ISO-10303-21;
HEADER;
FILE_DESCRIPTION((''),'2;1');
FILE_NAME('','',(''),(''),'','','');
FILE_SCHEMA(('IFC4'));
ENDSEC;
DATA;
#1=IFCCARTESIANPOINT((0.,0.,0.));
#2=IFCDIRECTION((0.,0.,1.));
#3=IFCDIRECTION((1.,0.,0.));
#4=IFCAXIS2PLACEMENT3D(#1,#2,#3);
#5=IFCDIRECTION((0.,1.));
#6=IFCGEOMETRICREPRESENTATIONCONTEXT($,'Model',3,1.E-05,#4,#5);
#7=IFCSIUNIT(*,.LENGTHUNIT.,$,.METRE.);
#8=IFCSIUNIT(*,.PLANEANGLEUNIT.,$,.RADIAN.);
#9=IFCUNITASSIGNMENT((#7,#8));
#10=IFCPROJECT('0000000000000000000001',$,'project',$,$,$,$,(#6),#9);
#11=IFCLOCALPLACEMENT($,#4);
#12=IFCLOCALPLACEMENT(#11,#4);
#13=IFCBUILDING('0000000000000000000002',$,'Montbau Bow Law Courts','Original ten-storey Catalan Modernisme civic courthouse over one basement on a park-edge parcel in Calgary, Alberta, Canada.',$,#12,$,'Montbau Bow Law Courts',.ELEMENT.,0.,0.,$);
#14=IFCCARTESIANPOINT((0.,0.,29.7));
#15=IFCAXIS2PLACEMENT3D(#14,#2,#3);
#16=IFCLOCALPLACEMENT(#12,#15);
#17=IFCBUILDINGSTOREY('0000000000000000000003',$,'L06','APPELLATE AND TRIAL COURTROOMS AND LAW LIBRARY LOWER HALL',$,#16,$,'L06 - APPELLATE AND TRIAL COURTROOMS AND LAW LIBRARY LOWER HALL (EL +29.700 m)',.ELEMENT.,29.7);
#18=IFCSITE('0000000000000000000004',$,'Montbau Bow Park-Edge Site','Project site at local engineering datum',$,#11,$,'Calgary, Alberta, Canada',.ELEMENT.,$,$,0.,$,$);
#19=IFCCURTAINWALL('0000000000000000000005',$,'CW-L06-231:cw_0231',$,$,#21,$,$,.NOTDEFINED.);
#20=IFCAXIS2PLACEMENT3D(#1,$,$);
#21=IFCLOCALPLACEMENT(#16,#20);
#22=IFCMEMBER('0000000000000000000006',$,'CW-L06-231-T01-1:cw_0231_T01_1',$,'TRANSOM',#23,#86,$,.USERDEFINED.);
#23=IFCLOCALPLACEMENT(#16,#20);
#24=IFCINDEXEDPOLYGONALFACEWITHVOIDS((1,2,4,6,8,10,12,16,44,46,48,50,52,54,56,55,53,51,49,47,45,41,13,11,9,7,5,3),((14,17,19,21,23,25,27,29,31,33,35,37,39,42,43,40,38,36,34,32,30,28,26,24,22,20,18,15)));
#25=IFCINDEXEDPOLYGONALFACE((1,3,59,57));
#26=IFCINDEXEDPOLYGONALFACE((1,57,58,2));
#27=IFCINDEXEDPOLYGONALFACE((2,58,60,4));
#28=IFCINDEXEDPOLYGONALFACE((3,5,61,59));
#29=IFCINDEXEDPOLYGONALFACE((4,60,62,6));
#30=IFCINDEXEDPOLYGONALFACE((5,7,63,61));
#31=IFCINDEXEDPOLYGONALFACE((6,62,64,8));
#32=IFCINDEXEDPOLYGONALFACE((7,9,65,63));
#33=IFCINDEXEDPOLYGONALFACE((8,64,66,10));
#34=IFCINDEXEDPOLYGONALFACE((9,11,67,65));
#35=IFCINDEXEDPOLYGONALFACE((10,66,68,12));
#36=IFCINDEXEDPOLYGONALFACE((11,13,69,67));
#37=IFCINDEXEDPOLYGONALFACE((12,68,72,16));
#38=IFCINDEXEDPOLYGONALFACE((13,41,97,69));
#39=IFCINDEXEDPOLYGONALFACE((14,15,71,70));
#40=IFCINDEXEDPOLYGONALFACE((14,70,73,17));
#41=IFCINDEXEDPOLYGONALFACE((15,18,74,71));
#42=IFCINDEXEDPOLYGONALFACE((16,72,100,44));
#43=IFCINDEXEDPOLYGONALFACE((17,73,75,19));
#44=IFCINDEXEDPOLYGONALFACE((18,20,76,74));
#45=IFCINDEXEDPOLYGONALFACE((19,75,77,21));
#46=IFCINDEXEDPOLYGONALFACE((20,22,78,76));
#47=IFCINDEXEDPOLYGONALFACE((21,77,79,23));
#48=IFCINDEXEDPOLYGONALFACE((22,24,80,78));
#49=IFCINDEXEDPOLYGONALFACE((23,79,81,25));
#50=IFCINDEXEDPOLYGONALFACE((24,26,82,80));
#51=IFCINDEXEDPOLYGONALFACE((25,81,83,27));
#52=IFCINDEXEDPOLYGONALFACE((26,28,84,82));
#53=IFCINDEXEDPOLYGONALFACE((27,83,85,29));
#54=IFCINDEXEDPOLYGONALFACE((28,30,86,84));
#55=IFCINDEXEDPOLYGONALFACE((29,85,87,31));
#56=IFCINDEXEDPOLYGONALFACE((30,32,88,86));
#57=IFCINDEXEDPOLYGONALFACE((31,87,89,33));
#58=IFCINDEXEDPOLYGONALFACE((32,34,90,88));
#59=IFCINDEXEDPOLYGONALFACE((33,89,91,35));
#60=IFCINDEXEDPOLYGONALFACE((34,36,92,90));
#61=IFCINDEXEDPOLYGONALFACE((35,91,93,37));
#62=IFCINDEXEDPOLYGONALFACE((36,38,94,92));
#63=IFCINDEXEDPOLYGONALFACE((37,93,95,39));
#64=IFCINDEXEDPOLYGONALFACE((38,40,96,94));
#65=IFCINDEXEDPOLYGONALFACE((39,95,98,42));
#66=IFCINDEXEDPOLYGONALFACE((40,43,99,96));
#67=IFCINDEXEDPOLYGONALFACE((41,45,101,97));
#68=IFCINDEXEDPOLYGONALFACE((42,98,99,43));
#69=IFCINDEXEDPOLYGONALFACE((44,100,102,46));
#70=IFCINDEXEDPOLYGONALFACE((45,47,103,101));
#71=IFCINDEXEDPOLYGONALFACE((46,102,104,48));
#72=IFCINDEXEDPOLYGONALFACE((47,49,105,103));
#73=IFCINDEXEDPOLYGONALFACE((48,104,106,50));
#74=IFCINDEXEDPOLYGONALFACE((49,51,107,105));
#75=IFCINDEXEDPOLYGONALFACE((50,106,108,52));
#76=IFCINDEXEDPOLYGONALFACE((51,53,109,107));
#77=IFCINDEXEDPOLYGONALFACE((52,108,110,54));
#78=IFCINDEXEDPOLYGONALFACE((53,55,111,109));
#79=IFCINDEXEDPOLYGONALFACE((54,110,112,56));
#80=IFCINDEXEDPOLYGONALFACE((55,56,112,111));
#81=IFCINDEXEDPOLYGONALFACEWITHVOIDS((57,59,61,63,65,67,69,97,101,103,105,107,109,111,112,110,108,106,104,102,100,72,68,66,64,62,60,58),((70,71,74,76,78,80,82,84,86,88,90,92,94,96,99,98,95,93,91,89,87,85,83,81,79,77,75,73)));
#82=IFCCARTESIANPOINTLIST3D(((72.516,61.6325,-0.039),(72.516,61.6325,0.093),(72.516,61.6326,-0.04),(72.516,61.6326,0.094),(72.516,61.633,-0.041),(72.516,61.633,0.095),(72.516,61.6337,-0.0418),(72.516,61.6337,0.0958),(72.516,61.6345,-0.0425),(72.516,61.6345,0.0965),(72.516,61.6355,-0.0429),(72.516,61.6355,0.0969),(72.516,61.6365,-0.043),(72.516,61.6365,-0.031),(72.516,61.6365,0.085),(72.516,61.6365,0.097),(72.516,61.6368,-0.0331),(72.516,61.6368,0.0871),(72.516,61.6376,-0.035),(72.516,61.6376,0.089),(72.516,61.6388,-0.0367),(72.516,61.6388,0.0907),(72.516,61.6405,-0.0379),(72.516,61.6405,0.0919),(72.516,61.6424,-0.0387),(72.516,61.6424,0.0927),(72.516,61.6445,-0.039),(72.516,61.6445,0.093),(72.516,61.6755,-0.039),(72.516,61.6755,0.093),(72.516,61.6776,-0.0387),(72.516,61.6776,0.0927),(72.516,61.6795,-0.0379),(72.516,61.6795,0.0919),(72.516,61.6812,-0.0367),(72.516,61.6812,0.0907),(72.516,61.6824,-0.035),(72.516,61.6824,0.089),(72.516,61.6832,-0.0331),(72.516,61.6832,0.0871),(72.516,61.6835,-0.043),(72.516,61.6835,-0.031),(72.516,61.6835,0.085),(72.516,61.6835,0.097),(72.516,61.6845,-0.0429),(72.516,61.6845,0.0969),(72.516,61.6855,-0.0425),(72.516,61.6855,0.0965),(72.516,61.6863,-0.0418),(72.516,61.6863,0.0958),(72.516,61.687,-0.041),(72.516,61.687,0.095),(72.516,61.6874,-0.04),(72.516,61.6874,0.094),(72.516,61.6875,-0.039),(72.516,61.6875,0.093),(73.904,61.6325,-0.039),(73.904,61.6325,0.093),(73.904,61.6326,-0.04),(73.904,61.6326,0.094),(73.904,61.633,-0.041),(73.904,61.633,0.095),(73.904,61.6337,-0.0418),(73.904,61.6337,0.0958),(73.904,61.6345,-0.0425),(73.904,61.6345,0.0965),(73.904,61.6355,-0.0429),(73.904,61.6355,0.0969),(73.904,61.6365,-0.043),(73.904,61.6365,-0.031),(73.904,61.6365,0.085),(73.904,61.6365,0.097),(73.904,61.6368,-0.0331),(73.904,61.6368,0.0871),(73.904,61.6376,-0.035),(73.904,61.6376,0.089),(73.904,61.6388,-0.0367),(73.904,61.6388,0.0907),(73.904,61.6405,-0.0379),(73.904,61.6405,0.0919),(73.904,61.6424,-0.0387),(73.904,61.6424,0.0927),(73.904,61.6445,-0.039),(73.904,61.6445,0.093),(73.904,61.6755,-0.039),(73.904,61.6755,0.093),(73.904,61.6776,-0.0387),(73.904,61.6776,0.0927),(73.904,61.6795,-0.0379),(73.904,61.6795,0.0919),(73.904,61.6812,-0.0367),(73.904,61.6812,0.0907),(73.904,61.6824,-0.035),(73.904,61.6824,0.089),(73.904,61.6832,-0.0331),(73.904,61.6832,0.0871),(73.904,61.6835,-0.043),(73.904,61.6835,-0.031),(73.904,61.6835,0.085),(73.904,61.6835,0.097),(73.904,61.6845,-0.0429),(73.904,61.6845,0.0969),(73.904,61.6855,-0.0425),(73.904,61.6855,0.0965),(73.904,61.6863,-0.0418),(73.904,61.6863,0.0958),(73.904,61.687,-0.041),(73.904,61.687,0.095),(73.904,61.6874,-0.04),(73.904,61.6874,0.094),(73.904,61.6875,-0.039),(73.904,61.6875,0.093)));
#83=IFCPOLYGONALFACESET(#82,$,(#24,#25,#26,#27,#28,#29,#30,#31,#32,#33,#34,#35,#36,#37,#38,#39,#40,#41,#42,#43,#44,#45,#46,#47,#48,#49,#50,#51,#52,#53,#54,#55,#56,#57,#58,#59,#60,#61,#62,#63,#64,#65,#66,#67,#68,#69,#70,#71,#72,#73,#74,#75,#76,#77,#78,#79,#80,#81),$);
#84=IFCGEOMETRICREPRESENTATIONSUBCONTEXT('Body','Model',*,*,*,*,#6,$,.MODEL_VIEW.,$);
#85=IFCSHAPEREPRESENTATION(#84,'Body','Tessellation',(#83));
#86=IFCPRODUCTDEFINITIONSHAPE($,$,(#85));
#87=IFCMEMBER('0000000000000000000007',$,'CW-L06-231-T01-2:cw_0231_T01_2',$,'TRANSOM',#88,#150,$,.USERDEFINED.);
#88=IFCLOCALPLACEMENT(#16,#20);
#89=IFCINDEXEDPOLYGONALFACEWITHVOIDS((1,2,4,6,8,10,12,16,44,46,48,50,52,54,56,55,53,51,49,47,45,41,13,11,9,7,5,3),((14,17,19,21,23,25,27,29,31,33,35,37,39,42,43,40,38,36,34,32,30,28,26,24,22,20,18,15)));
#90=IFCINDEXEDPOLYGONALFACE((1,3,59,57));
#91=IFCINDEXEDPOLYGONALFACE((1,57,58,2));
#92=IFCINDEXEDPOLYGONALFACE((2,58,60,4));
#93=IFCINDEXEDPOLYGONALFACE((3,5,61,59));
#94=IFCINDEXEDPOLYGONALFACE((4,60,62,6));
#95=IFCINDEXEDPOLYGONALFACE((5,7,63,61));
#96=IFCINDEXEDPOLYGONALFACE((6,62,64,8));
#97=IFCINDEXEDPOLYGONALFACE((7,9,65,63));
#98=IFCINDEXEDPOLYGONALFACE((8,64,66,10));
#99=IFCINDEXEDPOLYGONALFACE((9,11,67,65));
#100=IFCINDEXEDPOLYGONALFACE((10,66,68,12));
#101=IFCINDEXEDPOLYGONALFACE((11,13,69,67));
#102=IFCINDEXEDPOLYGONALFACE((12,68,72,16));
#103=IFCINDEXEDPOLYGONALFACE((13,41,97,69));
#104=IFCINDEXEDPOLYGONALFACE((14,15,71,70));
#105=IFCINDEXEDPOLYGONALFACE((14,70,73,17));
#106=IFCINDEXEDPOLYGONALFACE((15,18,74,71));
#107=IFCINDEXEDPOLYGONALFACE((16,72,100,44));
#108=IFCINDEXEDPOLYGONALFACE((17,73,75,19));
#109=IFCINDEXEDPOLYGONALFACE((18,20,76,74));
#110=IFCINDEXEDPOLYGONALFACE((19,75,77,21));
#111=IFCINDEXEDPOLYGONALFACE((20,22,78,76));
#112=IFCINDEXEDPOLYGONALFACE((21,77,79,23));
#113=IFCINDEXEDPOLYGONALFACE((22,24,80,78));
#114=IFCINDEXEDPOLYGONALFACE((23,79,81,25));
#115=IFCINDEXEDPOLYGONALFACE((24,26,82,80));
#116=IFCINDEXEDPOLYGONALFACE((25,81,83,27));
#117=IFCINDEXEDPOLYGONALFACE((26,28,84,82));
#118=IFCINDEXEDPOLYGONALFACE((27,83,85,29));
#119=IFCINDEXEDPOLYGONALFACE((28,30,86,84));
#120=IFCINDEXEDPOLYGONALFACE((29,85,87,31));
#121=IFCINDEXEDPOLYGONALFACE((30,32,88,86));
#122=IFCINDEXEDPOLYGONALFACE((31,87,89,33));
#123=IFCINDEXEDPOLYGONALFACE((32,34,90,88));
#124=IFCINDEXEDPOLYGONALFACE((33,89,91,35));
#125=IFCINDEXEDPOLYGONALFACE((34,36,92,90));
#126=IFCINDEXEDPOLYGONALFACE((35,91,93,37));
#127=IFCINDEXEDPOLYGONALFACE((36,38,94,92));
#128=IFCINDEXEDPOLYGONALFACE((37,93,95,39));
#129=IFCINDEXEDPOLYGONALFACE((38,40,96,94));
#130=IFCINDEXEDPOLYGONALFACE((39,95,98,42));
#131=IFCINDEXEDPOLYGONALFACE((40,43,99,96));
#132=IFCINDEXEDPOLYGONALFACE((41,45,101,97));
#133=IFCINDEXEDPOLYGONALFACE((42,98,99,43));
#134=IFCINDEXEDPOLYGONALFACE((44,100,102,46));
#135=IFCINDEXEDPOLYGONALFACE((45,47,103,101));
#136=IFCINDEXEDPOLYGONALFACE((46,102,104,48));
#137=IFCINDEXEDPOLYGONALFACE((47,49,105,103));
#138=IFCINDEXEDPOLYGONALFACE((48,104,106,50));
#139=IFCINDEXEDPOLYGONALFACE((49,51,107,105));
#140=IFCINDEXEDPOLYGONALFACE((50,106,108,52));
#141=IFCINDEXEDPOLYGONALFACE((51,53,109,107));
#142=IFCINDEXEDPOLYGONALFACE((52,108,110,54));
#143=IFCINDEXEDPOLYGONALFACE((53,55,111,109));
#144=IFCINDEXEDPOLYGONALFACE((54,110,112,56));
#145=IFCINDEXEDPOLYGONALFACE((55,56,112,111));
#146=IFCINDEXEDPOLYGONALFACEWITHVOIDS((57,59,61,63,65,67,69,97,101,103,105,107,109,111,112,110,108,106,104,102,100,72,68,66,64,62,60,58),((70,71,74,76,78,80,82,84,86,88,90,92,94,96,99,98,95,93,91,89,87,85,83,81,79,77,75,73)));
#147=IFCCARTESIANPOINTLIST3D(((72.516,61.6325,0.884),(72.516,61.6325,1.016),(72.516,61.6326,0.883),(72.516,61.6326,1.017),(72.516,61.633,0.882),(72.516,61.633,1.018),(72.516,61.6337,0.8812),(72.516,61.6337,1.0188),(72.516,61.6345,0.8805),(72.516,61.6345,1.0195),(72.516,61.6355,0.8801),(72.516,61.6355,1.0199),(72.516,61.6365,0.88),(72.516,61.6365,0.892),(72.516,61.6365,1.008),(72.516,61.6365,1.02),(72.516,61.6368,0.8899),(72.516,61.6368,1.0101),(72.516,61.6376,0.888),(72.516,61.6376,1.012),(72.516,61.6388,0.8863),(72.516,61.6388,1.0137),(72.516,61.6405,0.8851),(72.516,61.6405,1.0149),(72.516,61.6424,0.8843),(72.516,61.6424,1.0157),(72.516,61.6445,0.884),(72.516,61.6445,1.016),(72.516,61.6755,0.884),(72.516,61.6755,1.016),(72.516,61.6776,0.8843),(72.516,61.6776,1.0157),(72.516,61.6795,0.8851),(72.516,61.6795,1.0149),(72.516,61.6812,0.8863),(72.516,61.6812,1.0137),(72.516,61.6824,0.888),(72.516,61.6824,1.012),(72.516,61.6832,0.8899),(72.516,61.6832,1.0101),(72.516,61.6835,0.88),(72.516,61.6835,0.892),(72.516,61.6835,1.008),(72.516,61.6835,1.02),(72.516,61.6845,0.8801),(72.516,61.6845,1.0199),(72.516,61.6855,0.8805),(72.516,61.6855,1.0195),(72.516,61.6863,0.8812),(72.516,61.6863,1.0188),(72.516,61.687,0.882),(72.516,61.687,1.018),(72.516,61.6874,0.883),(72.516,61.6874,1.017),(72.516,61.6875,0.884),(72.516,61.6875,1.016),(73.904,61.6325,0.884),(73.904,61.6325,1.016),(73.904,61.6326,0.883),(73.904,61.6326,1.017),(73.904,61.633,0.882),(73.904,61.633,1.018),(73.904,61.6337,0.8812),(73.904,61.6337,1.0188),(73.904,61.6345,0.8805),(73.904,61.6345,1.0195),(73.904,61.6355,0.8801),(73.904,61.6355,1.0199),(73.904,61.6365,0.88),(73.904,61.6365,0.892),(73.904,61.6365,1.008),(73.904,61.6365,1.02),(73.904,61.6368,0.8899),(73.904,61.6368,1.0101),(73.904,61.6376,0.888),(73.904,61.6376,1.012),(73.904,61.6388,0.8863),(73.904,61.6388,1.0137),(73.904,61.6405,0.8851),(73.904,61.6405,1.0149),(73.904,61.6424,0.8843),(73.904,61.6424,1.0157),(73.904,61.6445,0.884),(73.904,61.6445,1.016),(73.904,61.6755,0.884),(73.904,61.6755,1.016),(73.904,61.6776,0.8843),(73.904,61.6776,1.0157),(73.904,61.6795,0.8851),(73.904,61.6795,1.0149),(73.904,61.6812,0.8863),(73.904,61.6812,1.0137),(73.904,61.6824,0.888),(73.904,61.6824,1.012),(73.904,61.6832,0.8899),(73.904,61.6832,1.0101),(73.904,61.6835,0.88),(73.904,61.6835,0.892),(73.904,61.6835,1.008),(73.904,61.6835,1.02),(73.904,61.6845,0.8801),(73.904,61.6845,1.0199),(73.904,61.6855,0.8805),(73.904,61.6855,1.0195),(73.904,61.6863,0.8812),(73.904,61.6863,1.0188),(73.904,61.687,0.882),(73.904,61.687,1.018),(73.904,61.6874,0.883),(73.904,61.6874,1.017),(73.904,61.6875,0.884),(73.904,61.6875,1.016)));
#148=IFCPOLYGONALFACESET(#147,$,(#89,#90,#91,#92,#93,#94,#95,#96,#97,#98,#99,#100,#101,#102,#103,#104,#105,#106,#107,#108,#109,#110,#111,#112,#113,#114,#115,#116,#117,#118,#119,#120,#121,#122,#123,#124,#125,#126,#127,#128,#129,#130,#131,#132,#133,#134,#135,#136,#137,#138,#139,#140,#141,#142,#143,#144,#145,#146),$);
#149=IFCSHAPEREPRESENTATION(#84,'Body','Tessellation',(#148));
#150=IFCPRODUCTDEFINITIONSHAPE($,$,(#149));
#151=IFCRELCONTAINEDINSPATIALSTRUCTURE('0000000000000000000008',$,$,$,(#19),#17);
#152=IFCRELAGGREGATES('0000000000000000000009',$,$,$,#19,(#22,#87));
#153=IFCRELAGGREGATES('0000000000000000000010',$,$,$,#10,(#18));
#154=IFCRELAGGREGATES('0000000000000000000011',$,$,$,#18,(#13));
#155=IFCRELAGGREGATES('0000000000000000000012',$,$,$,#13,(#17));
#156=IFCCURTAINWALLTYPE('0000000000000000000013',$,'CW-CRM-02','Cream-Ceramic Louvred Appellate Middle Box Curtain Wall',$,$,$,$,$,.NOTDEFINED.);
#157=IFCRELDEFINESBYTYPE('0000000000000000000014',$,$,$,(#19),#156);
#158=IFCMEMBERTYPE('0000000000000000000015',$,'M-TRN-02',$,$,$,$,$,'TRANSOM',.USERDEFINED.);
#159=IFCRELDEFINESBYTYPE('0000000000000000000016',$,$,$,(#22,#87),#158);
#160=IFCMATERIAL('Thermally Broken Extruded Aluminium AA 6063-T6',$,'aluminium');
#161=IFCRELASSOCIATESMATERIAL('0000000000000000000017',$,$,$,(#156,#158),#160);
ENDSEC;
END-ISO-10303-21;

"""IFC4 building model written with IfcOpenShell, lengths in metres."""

from ifc_helpers import new_model, si_unit, direction, frame, origin_with_axes, origin_2d_with_axis, place, context, subcontext, project, spatial, hollow_rectangle, extrude, material, material_profile, profile_set, type_object, element, aggregate, save


model = new_model("IFC4")

# Units and contexts
model_context = context("Model", 3, precision=1e-05, world=origin_with_axes(), true_north=direction((0.0, 1.0)))
body_context = subcontext(model_context, "Body", "Model", "MODEL_VIEW")
ifc_project = project(units=[si_unit("LENGTHUNIT", "METRE"), si_unit("PLANEANGLEUNIT", "RADIAN")], contexts=[model_context])

# Site, building, storey
site_placement = place(None, origin_with_axes())
site = spatial("IfcSite", under=ifc_project, at=site_placement, Name="Montbau Bow Park-Edge Site", Description="Project site at local engineering datum", LongName="Calgary, Alberta, Canada", CompositionType="ELEMENT", RefElevation=0.0)
building_placement = place(site_placement, origin_with_axes())
building = spatial("IfcBuilding", under=site, at=building_placement, Name="Montbau Bow Law Courts", Description="Original ten-storey Catalan Modernisme civic courthouse over one basement on a park-edge parcel in Calgary, Alberta, Canada.", LongName="Montbau Bow Law Courts", CompositionType="ELEMENT", ElevationOfRefHeight=0.0, ElevationOfTerrain=0.0)
storey_placement = place(building_placement, frame((0.0, 0.0, 29.7), z_axis=(0.0, 0.0, 1.0), x_axis=(1.0, 0.0, 0.0)))
storey = spatial("IfcBuildingStorey", under=building, at=storey_placement, Name="L06", Description="APPELLATE AND TRIAL COURTROOMS AND LAW LIBRARY LOWER HALL", LongName="L06 - APPELLATE AND TRIAL COURTROOMS AND LAW LIBRARY LOWER HALL (EL +29.700 m)", CompositionType="ELEMENT", Elevation=29.7)

# Curtain wall
ifc_material_1 = material(Name="Thermally Broken Extruded Aluminium AA 6063-T6", Category="aluminium")
curtain_wall_type = type_object("IfcCurtainWallType", Name="CW-CRM-02", Description="Cream-Ceramic Louvred Appellate Middle Box Curtain Wall", PredefinedType="NOTDEFINED", material=ifc_material_1)
curtain_wall_1_placement = place(None, frame((72.44, 61.66, 29.7), z_axis=(0.0, 0.0, 1.0), x_axis=(1.0, 0.0, 0.0)))
curtain_wall_1 = element("IfcCurtainWall", 1, at=curtain_wall_1_placement, inside=storey, type_object=curtain_wall_type, Name="CW-L06-231:cw_0231", PredefinedType="NOTDEFINED")

# Members
ifc_material_profile_1 = material_profile(ifc_material_1, hollow_rectangle(XDim=0.055, YDim=0.14, WallThickness=0.004, InnerFilletRadius=0.008, OuterFilletRadius=0.004, at=origin_2d_with_axis()), Name="CWT-140X55", Category="Main", Priority=0)
ifc_profile_set_1 = profile_set([ifc_material_profile_1], Name="Thermally Broken Extruded Aluminium AA 6063-T6")
member_type_1 = type_object("IfcMemberType", Name="M-TRN-02", ElementType="TRANSOM", PredefinedType="USERDEFINED", material=ifc_profile_set_1)
member_1_placement = place(None, frame((72.516, 61.66, 29.727), z_axis=(1.0, 0.0, 0.0), x_axis=(0.0, 1.0, 0.0)))
member_1 = element("IfcMember", 2, at=member_1_placement, type_object=member_type_1, Name="CW-L06-231-T01-1:cw_0231_T01_1", ObjectType="TRANSOM", PredefinedType="USERDEFINED", context=body_context, shape_type="SweptSolid", body=[
    extrude(hollow_rectangle(XDim=0.055, YDim=0.14, WallThickness=0.004, InnerFilletRadius=0.008, OuterFilletRadius=0.004, at=origin_2d_with_axis()), origin_with_axes(), (0.0, 0.0, 1.0), 1.388),
])
member_2_placement = place(None, frame((72.516, 61.66, 30.65), z_axis=(1.0, 0.0, 0.0), x_axis=(0.0, 1.0, 0.0)))
member_2 = element("IfcMember", 3, at=member_2_placement, type_object=member_type_1, Name="CW-L06-231-T01-2:cw_0231_T01_2", ObjectType="TRANSOM", PredefinedType="USERDEFINED", context=body_context, shape_type="SweptSolid", body=[
    extrude(hollow_rectangle(XDim=0.055, YDim=0.14, WallThickness=0.004, InnerFilletRadius=0.008, OuterFilletRadius=0.004, at=origin_2d_with_axis()), origin_with_axes(), (0.0, 0.0, 1.0), 1.388),
])

aggregate(curtain_wall_1, [member_1, member_2])

save(model, "model.ifc")
